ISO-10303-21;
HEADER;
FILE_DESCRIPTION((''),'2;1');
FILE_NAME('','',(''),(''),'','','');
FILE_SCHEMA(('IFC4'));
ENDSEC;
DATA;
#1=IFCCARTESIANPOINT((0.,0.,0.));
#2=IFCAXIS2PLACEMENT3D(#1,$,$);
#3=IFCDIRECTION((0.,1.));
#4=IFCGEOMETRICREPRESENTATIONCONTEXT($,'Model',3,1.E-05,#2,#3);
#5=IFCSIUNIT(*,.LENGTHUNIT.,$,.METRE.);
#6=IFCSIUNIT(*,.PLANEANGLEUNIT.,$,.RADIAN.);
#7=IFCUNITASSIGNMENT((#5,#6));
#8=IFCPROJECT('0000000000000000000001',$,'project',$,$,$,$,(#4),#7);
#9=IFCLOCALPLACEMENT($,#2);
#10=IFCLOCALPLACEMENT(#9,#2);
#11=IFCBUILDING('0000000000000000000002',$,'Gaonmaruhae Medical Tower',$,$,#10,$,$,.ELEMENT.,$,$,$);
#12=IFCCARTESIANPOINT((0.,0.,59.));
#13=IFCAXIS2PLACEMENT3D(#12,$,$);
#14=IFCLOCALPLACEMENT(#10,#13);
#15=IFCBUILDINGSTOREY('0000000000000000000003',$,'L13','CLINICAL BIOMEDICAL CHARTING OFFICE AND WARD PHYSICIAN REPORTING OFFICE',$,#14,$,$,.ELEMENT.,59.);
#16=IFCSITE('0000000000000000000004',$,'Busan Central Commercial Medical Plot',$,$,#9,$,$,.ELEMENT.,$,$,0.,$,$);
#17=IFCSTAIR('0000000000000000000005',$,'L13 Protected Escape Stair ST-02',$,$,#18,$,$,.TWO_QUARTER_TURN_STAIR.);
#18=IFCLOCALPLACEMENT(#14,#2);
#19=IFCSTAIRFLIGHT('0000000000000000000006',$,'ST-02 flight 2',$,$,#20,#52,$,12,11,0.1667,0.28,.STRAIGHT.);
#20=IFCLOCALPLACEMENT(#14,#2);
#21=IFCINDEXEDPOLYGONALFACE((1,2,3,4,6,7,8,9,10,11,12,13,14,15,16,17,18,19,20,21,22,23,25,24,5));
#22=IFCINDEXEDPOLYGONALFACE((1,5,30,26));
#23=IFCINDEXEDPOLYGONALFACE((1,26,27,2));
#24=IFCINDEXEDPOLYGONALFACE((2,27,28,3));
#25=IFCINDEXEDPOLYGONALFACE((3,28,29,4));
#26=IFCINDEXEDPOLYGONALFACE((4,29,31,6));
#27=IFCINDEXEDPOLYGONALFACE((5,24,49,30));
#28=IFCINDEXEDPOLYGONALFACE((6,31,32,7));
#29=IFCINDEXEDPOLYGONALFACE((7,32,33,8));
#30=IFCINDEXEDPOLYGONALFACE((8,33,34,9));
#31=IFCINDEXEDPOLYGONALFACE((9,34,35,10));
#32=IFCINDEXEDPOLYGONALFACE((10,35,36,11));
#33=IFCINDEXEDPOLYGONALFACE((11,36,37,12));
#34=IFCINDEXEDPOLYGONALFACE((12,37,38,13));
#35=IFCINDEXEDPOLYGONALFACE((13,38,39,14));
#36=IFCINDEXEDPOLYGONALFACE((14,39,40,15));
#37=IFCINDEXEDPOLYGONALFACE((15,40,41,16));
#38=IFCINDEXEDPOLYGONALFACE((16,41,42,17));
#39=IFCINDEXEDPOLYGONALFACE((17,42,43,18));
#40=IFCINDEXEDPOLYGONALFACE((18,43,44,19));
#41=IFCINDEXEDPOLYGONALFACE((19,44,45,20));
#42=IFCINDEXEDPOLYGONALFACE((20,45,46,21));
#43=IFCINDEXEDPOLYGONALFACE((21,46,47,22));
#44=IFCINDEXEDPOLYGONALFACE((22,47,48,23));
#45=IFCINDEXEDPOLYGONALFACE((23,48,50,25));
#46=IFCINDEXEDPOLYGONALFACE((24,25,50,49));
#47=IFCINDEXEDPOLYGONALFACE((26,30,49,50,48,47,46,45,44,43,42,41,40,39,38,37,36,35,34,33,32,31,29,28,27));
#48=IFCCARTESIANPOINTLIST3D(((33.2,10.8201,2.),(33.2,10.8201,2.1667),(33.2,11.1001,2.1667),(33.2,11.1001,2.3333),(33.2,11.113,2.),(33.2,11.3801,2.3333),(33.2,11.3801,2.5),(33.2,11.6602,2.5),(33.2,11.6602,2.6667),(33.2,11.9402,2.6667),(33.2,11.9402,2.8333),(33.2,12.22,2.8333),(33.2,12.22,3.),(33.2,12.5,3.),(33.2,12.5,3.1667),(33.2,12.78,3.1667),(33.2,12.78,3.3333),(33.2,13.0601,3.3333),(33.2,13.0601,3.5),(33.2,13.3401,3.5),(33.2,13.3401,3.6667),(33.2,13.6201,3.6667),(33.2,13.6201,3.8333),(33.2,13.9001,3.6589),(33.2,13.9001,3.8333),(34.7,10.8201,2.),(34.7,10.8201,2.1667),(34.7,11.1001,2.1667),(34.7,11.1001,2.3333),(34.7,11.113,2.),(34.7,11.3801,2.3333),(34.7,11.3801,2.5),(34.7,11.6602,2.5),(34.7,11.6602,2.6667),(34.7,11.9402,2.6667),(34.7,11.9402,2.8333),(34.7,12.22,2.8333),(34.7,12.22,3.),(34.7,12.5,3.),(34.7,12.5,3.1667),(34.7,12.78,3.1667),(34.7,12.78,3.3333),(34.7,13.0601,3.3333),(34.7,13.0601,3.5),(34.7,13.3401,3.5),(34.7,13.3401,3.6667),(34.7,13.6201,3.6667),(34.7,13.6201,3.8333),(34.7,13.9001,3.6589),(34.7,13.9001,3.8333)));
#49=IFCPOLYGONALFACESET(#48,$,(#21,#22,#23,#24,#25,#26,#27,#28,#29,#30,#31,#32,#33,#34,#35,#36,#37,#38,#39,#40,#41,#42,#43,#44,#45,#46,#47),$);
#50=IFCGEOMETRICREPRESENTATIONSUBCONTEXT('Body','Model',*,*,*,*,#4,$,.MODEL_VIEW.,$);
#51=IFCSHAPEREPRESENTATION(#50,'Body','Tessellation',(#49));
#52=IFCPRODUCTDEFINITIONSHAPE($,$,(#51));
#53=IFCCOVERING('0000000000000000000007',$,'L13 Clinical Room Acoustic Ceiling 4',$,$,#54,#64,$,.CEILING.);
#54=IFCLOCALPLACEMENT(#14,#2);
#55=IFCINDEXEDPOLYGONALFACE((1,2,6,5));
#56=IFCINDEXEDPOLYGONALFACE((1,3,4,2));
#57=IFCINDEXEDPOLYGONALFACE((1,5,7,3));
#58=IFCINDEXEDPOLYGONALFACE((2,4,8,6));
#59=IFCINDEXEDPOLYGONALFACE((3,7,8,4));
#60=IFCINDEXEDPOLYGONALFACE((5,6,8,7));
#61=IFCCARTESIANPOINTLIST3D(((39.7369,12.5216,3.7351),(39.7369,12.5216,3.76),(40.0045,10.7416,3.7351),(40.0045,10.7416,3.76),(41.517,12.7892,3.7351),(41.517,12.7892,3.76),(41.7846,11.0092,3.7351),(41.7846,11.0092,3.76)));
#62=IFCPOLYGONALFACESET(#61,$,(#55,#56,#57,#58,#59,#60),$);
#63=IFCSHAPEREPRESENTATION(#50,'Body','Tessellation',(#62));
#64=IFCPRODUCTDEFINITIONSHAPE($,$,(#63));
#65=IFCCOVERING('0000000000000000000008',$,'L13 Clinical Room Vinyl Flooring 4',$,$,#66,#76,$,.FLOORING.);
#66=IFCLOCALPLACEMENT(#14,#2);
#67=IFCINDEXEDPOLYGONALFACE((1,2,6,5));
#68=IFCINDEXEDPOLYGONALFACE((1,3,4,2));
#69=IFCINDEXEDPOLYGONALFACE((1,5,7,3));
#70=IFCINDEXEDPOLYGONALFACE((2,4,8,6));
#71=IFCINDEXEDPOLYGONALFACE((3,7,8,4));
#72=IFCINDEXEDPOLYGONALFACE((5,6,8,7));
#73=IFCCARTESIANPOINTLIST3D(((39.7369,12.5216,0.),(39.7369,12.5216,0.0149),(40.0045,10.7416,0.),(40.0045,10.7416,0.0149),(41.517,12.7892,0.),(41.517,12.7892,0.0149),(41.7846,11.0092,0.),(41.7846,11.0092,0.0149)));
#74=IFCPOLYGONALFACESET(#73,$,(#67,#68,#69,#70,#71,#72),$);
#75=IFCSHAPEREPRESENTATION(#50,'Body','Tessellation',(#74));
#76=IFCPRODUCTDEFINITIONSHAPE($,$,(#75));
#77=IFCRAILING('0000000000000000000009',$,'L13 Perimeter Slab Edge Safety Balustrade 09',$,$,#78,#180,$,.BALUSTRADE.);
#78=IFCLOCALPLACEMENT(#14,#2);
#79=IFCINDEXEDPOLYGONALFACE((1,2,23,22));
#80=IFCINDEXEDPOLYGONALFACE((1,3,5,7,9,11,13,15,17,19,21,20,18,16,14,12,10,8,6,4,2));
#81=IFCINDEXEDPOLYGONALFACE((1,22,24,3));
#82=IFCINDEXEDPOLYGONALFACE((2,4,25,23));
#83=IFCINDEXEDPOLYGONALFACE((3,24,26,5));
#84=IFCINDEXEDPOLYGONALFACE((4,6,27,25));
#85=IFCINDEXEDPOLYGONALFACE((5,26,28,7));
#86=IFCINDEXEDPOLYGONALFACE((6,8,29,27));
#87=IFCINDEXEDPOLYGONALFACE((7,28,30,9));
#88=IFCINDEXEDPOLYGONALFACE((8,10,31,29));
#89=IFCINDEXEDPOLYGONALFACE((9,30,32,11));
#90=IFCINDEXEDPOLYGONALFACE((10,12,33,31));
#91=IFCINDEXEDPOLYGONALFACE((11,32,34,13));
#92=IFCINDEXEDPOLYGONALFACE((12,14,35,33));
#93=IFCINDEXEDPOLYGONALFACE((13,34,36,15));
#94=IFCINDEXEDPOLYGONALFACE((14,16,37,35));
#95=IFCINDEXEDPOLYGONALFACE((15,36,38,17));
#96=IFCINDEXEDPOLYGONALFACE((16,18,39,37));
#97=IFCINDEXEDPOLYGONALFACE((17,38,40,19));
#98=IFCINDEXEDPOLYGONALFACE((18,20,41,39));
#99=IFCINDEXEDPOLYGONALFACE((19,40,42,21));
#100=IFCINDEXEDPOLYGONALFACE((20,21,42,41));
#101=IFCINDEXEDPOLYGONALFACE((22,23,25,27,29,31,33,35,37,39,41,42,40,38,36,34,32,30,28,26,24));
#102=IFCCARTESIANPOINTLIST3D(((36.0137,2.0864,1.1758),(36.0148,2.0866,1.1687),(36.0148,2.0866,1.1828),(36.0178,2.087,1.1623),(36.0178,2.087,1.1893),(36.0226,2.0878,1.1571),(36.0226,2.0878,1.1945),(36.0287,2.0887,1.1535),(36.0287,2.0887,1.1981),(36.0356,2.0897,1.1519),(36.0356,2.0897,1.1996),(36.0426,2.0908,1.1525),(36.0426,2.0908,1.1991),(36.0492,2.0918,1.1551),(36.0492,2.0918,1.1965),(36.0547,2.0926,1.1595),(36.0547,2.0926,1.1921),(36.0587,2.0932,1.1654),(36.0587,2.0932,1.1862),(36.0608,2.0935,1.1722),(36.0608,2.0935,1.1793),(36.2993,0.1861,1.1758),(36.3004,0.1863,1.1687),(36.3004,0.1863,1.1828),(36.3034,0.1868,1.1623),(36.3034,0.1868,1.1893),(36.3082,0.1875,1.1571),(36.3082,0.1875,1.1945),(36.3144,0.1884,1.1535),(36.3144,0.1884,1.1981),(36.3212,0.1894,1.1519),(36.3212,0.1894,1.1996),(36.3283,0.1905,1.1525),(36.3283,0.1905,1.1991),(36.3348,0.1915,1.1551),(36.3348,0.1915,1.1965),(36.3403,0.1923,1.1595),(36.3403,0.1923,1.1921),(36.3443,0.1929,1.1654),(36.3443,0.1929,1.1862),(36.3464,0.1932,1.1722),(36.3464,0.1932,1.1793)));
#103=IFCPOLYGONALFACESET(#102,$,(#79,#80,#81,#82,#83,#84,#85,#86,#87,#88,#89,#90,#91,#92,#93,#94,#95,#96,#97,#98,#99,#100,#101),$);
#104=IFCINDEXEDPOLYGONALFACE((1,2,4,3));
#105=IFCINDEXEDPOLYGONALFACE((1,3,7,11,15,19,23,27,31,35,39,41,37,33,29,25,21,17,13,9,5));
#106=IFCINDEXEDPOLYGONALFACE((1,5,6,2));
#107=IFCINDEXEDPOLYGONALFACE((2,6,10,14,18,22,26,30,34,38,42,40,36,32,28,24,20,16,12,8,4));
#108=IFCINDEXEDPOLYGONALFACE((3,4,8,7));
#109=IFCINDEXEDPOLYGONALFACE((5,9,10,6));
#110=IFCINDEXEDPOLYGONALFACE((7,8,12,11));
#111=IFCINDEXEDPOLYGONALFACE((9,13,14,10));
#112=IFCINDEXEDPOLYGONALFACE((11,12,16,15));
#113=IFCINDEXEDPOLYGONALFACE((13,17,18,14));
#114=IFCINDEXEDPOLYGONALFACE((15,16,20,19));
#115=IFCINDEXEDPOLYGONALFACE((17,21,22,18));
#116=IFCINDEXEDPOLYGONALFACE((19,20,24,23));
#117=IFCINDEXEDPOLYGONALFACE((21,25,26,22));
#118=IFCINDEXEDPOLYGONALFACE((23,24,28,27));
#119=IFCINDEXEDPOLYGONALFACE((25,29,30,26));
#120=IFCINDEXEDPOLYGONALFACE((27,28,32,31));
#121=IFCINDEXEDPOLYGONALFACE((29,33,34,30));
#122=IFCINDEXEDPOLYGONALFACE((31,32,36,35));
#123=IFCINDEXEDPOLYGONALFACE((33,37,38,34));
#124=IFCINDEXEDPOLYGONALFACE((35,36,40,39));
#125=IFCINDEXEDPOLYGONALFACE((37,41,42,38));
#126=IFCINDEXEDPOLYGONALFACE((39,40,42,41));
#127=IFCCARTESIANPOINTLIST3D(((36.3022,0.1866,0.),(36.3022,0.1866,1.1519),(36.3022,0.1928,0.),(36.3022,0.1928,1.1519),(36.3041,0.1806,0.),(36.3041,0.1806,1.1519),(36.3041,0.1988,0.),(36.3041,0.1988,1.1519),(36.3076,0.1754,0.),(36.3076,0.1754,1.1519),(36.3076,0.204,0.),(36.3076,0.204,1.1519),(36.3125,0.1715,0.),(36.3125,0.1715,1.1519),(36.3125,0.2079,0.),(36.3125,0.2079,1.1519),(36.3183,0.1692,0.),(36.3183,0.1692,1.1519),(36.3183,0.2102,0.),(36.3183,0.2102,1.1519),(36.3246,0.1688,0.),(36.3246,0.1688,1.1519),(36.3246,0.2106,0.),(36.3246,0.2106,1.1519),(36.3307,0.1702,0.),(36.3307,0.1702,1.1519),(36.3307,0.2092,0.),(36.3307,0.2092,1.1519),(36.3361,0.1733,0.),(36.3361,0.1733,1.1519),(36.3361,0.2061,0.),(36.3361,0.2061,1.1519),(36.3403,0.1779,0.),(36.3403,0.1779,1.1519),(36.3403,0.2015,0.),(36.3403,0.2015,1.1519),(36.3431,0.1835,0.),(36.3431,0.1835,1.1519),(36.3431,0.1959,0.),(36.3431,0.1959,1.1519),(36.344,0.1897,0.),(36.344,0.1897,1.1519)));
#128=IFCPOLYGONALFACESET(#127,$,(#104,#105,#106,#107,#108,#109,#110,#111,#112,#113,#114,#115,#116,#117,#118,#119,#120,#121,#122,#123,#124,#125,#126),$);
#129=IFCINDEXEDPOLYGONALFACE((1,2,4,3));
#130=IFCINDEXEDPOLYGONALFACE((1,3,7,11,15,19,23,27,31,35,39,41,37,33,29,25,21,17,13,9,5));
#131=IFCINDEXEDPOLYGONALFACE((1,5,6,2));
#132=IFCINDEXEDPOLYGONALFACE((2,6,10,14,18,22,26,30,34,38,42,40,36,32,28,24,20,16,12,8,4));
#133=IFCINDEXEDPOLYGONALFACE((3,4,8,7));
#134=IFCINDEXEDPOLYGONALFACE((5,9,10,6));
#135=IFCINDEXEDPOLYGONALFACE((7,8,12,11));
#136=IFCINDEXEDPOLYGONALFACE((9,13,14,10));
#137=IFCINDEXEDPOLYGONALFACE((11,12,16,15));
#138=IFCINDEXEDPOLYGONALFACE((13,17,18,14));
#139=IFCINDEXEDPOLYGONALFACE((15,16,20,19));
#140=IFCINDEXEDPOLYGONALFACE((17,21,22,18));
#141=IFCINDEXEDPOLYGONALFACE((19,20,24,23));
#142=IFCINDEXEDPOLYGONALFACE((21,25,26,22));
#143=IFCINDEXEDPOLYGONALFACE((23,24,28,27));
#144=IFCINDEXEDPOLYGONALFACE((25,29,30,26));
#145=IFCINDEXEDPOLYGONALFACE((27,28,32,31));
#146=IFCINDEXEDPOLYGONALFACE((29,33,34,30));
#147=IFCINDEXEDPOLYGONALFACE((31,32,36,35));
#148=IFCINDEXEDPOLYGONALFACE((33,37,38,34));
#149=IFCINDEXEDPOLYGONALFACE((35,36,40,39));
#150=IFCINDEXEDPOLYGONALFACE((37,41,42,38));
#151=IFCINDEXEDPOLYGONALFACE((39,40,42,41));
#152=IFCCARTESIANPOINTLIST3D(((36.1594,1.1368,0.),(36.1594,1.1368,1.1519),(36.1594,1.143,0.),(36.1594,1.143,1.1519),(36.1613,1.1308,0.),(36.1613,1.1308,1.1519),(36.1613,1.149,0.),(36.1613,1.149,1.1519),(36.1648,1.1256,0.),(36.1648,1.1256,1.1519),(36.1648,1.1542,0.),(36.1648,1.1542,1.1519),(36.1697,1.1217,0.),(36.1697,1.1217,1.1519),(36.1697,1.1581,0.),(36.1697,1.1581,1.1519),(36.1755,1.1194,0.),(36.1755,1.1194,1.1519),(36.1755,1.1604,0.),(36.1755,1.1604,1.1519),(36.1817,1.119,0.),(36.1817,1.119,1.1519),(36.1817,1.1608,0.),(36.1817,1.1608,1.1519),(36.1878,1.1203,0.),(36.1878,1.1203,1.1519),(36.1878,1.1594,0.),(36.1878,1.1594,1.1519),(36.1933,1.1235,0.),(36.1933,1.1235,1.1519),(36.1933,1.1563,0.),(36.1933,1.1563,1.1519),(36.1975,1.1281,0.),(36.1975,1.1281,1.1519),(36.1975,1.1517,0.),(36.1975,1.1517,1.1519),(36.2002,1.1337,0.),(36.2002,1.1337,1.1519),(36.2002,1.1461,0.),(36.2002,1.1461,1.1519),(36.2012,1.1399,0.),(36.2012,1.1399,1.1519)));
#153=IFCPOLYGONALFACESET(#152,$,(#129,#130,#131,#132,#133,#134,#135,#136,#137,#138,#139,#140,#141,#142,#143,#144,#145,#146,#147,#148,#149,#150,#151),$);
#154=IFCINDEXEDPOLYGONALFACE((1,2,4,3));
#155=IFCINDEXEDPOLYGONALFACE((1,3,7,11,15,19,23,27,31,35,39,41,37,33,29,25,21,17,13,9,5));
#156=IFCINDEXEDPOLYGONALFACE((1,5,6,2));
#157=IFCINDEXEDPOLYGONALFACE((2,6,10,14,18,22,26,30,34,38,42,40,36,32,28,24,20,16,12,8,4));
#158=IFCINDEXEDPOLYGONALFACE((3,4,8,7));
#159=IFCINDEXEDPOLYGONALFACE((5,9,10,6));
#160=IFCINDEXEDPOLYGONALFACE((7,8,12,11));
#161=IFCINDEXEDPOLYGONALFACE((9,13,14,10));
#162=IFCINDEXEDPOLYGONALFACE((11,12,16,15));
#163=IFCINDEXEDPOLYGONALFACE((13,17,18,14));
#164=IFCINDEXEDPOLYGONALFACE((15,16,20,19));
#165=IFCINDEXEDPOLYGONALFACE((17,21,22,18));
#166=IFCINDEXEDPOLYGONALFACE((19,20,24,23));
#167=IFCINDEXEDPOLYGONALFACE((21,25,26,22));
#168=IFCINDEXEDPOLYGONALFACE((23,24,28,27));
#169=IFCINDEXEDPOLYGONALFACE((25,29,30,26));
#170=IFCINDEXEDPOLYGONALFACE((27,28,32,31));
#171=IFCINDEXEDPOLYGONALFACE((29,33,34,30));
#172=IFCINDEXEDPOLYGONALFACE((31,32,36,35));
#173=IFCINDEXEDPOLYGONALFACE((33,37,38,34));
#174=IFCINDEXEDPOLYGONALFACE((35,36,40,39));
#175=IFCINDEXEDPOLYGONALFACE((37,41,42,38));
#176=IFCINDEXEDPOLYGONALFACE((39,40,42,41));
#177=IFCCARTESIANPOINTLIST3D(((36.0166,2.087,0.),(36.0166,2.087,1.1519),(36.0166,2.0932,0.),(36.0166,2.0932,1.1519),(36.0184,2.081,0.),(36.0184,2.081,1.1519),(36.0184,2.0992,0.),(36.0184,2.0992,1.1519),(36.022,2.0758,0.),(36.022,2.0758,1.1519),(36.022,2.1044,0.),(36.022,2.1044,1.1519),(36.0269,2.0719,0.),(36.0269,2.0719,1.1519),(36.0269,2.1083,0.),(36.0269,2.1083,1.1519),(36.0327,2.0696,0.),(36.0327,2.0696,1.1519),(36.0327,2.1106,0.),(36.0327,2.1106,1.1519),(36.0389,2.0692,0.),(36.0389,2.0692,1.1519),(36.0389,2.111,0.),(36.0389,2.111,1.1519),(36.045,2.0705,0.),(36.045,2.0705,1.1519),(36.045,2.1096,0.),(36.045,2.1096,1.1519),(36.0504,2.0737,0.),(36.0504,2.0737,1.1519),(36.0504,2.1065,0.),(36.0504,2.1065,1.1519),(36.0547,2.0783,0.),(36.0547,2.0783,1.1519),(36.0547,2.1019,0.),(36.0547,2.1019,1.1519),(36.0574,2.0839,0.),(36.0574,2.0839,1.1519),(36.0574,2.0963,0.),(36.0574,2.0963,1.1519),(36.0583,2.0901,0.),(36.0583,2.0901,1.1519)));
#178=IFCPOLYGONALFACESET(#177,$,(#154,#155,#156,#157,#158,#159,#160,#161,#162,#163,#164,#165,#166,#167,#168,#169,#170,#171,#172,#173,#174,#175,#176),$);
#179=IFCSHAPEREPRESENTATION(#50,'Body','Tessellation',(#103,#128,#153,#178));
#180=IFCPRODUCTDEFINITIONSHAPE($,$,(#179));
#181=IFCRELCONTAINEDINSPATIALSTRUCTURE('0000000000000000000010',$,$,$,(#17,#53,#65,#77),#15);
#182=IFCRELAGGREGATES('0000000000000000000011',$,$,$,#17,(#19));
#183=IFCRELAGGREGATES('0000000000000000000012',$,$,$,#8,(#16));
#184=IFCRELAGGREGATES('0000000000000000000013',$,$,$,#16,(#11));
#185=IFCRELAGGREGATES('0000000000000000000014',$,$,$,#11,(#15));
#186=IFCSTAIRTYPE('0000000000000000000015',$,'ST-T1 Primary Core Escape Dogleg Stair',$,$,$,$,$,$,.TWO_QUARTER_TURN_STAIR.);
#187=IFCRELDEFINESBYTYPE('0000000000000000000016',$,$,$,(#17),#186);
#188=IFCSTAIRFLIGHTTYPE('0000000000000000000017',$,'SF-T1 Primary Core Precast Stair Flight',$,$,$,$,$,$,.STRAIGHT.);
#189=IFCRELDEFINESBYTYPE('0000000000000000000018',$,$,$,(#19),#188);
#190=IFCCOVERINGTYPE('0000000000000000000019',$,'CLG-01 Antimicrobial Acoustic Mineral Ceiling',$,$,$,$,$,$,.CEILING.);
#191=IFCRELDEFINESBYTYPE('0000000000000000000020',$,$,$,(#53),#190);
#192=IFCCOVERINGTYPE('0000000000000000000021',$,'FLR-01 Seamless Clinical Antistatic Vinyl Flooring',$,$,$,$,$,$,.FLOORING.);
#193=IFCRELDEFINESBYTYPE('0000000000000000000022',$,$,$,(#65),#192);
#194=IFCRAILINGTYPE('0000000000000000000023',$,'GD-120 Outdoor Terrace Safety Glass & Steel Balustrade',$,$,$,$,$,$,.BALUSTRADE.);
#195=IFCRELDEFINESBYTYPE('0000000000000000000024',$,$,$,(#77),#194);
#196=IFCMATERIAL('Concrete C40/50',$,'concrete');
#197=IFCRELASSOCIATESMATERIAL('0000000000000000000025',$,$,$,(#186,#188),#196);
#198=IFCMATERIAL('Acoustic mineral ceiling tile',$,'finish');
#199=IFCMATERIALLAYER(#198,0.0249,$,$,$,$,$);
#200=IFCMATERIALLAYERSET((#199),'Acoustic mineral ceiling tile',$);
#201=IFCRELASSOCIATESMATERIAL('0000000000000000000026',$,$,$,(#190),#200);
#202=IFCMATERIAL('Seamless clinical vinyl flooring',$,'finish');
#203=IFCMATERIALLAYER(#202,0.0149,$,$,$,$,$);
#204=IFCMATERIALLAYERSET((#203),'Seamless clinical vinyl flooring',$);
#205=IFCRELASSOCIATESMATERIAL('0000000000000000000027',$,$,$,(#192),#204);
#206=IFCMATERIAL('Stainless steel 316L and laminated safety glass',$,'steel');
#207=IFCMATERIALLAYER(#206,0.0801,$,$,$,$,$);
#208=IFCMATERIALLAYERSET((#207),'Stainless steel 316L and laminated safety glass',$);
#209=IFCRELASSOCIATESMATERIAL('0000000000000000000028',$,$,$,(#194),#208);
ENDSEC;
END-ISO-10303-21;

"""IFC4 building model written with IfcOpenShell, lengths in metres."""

from ifc_helpers import new_model, si_unit, direction, frame, origin, origin_2d, place, context, subcontext, project, spatial, polyline, rectangle, circle, outline, extrude, material, layer, layer_set, type_object, element, aggregate, save


model = new_model("IFC4")

# Units and contexts
model_context = context("Model", 3, precision=1e-05, world=origin(), true_north=direction((0.0, 1.0)))
body_context = subcontext(model_context, "Body", "Model", "MODEL_VIEW")
ifc_project = project(units=[si_unit("LENGTHUNIT", "METRE"), si_unit("PLANEANGLEUNIT", "RADIAN")], contexts=[model_context])

# Site, building, storey
site_placement = place(None, origin())
site = spatial("IfcSite", under=ifc_project, at=site_placement, Name="Busan Central Commercial Medical Plot", CompositionType="ELEMENT", RefElevation=0.0)
building_placement = place(site_placement, origin())
building = spatial("IfcBuilding", under=site, at=building_placement, Name="Gaonmaruhae Medical Tower", CompositionType="ELEMENT")
storey_placement = place(building_placement, frame((0.0, 0.0, 59.0)))
storey = spatial("IfcBuildingStorey", under=building, at=storey_placement, Name="L13", Description="CLINICAL BIOMEDICAL CHARTING OFFICE AND WARD PHYSICIAN REPORTING OFFICE", CompositionType="ELEMENT", Elevation=59.0)

# Stair, stair flight
ifc_material_1 = material(Name="Concrete C40/50", Category="concrete")
stair_type = type_object("IfcStairType", Name="ST-T1 Primary Core Escape Dogleg Stair", PredefinedType="TWO_QUARTER_TURN_STAIR", material=ifc_material_1)
stair_placement = place(storey_placement, origin())
stair = element("IfcStair", 1, at=stair_placement, inside=storey, type_object=stair_type, Name="L13 Protected Escape Stair ST-02", PredefinedType="TWO_QUARTER_TURN_STAIR")
stair_flight_type = type_object("IfcStairFlightType", Name="SF-T1 Primary Core Precast Stair Flight", PredefinedType="STRAIGHT", material=ifc_material_1)
stair_flight_placement = place(storey_placement, frame((33.95, 10.8201, 2.0), z_axis=(0.0, 0.0, 1.0), x_axis=(0.0, 1.0, 0.0)))
stair_flight = element("IfcStairFlight", 2, at=stair_flight_placement, type_object=stair_flight_type, Name="ST-02 flight 2", NumberOfRisers=12, NumberOfTreads=11, PredefinedType="STRAIGHT", RiserHeight=0.1667, TreadLength=0.28, context=body_context, shape_type="SweptSolid", body=[
    extrude(outline(polyline([(0.0, 0.0), (0.0, 0.1667), (0.28, 0.1667), (0.28, 0.3333), (0.5601, 0.3333), (0.5601, 0.5), (0.8401, 0.5), (0.8401, 0.6667), (1.1201, 0.6667), (1.1201, 0.8333), (1.3999, 0.8333), (1.3999, 1.0), (1.6799, 1.0), (1.6799, 1.1667), (1.96, 1.1667), (1.96, 1.3333), (2.24, 1.3333), (2.24, 1.5), (2.52, 1.5), (2.52, 1.6667), (2.8, 1.6667), (2.8, 1.8333), (3.0801, 1.8333), (3.0801, 2.0), (3.0801, 1.6589), (0.293, 0.0), (0.0, 0.0)])), frame((0.0, 0.75, 0.0), z_axis=(0.0, -1.0, 0.0), x_axis=(1.0, 0.0, 0.0)), (0.0, 0.0, 1.0), 1.5),
])
aggregate(stair, [stair_flight])

# Coverings
ifc_material_2 = material(Name="Acoustic mineral ceiling tile", Category="finish")
ifc_layer_1 = layer(ifc_material_2, 0.0249)
ifc_layer_set_1 = layer_set([ifc_layer_1], Name="Acoustic mineral ceiling tile")
covering_type_1 = type_object("IfcCoveringType", Name="CLG-01 Antimicrobial Acoustic Mineral Ceiling", PredefinedType="CEILING", material=ifc_layer_set_1)
covering_1_placement = place(storey_placement, frame((40.7607, 11.7654, 3.7351), z_axis=(0.0, 0.0, 1.0), x_axis=(0.988886, 0.148672, 0.0)))
element("IfcCovering", 3, at=covering_1_placement, inside=storey, type_object=covering_type_1, Name="L13 Clinical Room Acoustic Ceiling 4", PredefinedType="CEILING", context=body_context, shape_type="SweptSolid", body=[
    extrude(rectangle(XDim=1.8, YDim=1.8, at=origin_2d()), origin(), (0.0, 0.0, 1.0), 0.0249),
])
ifc_material_3 = material(Name="Seamless clinical vinyl flooring", Category="finish")
ifc_layer_2 = layer(ifc_material_3, 0.0149)
ifc_layer_set_2 = layer_set([ifc_layer_2], Name="Seamless clinical vinyl flooring")
covering_type_2 = type_object("IfcCoveringType", Name="FLR-01 Seamless Clinical Antistatic Vinyl Flooring", PredefinedType="FLOORING", material=ifc_layer_set_2)
covering_2_placement = place(storey_placement, frame((40.7607, 11.7654, 0.0), z_axis=(0.0, 0.0, 1.0), x_axis=(0.988886, 0.148672, 0.0)))
element("IfcCovering", 4, at=covering_2_placement, inside=storey, type_object=covering_type_2, Name="L13 Clinical Room Vinyl Flooring 4", PredefinedType="FLOORING", context=body_context, shape_type="SweptSolid", body=[
    extrude(rectangle(XDim=1.8, YDim=1.8, at=origin_2d()), origin(), (0.0, 0.0, 1.0), 0.0149),
])

# Railing
ifc_material_4 = material(Name="Stainless steel 316L and laminated safety glass", Category="steel")
ifc_layer_3 = layer(ifc_material_4, 0.0801)
ifc_layer_set_3 = layer_set([ifc_layer_3], Name="Stainless steel 316L and laminated safety glass")
railing_type_1 = type_object("IfcRailingType", Name="GD-120 Outdoor Terrace Safety Glass & Steel Balustrade", PredefinedType="BALUSTRADE", material=ifc_layer_set_3)
railing_1_placement = place(storey_placement, frame((36.323, 0.1897, 0.0)))
element("IfcRailing", 5, at=railing_1_placement, inside=storey, type_object=railing_type_1, Name="L13 Perimeter Slab Edge Safety Balustrade 09", PredefinedType="BALUSTRADE", context=body_context, shape_type="SweptSolid", body=[
    extrude(circle(Radius=0.0239, at=origin_2d()), frame((0.0, 0.0, 1.1758), z_axis=(-0.148639, 0.988892, 0.0), x_axis=(-0.988892, -0.148639, 0.0)), (0.0, 0.0, 1.0), 1.9216),
    extrude(circle(Radius=0.021, at=origin_2d()), origin(), (0.0, 0.0, 1.0), 1.1519),
    extrude(circle(Radius=0.021, at=origin_2d()), frame((-0.1428, 0.9502, 0.0)), (0.0, 0.0, 1.0), 1.1519),
    extrude(circle(Radius=0.021, at=origin_2d()), frame((-0.2856, 1.9004, 0.0)), (0.0, 0.0, 1.0), 1.1519),
])

save(model, "model.ifc")
